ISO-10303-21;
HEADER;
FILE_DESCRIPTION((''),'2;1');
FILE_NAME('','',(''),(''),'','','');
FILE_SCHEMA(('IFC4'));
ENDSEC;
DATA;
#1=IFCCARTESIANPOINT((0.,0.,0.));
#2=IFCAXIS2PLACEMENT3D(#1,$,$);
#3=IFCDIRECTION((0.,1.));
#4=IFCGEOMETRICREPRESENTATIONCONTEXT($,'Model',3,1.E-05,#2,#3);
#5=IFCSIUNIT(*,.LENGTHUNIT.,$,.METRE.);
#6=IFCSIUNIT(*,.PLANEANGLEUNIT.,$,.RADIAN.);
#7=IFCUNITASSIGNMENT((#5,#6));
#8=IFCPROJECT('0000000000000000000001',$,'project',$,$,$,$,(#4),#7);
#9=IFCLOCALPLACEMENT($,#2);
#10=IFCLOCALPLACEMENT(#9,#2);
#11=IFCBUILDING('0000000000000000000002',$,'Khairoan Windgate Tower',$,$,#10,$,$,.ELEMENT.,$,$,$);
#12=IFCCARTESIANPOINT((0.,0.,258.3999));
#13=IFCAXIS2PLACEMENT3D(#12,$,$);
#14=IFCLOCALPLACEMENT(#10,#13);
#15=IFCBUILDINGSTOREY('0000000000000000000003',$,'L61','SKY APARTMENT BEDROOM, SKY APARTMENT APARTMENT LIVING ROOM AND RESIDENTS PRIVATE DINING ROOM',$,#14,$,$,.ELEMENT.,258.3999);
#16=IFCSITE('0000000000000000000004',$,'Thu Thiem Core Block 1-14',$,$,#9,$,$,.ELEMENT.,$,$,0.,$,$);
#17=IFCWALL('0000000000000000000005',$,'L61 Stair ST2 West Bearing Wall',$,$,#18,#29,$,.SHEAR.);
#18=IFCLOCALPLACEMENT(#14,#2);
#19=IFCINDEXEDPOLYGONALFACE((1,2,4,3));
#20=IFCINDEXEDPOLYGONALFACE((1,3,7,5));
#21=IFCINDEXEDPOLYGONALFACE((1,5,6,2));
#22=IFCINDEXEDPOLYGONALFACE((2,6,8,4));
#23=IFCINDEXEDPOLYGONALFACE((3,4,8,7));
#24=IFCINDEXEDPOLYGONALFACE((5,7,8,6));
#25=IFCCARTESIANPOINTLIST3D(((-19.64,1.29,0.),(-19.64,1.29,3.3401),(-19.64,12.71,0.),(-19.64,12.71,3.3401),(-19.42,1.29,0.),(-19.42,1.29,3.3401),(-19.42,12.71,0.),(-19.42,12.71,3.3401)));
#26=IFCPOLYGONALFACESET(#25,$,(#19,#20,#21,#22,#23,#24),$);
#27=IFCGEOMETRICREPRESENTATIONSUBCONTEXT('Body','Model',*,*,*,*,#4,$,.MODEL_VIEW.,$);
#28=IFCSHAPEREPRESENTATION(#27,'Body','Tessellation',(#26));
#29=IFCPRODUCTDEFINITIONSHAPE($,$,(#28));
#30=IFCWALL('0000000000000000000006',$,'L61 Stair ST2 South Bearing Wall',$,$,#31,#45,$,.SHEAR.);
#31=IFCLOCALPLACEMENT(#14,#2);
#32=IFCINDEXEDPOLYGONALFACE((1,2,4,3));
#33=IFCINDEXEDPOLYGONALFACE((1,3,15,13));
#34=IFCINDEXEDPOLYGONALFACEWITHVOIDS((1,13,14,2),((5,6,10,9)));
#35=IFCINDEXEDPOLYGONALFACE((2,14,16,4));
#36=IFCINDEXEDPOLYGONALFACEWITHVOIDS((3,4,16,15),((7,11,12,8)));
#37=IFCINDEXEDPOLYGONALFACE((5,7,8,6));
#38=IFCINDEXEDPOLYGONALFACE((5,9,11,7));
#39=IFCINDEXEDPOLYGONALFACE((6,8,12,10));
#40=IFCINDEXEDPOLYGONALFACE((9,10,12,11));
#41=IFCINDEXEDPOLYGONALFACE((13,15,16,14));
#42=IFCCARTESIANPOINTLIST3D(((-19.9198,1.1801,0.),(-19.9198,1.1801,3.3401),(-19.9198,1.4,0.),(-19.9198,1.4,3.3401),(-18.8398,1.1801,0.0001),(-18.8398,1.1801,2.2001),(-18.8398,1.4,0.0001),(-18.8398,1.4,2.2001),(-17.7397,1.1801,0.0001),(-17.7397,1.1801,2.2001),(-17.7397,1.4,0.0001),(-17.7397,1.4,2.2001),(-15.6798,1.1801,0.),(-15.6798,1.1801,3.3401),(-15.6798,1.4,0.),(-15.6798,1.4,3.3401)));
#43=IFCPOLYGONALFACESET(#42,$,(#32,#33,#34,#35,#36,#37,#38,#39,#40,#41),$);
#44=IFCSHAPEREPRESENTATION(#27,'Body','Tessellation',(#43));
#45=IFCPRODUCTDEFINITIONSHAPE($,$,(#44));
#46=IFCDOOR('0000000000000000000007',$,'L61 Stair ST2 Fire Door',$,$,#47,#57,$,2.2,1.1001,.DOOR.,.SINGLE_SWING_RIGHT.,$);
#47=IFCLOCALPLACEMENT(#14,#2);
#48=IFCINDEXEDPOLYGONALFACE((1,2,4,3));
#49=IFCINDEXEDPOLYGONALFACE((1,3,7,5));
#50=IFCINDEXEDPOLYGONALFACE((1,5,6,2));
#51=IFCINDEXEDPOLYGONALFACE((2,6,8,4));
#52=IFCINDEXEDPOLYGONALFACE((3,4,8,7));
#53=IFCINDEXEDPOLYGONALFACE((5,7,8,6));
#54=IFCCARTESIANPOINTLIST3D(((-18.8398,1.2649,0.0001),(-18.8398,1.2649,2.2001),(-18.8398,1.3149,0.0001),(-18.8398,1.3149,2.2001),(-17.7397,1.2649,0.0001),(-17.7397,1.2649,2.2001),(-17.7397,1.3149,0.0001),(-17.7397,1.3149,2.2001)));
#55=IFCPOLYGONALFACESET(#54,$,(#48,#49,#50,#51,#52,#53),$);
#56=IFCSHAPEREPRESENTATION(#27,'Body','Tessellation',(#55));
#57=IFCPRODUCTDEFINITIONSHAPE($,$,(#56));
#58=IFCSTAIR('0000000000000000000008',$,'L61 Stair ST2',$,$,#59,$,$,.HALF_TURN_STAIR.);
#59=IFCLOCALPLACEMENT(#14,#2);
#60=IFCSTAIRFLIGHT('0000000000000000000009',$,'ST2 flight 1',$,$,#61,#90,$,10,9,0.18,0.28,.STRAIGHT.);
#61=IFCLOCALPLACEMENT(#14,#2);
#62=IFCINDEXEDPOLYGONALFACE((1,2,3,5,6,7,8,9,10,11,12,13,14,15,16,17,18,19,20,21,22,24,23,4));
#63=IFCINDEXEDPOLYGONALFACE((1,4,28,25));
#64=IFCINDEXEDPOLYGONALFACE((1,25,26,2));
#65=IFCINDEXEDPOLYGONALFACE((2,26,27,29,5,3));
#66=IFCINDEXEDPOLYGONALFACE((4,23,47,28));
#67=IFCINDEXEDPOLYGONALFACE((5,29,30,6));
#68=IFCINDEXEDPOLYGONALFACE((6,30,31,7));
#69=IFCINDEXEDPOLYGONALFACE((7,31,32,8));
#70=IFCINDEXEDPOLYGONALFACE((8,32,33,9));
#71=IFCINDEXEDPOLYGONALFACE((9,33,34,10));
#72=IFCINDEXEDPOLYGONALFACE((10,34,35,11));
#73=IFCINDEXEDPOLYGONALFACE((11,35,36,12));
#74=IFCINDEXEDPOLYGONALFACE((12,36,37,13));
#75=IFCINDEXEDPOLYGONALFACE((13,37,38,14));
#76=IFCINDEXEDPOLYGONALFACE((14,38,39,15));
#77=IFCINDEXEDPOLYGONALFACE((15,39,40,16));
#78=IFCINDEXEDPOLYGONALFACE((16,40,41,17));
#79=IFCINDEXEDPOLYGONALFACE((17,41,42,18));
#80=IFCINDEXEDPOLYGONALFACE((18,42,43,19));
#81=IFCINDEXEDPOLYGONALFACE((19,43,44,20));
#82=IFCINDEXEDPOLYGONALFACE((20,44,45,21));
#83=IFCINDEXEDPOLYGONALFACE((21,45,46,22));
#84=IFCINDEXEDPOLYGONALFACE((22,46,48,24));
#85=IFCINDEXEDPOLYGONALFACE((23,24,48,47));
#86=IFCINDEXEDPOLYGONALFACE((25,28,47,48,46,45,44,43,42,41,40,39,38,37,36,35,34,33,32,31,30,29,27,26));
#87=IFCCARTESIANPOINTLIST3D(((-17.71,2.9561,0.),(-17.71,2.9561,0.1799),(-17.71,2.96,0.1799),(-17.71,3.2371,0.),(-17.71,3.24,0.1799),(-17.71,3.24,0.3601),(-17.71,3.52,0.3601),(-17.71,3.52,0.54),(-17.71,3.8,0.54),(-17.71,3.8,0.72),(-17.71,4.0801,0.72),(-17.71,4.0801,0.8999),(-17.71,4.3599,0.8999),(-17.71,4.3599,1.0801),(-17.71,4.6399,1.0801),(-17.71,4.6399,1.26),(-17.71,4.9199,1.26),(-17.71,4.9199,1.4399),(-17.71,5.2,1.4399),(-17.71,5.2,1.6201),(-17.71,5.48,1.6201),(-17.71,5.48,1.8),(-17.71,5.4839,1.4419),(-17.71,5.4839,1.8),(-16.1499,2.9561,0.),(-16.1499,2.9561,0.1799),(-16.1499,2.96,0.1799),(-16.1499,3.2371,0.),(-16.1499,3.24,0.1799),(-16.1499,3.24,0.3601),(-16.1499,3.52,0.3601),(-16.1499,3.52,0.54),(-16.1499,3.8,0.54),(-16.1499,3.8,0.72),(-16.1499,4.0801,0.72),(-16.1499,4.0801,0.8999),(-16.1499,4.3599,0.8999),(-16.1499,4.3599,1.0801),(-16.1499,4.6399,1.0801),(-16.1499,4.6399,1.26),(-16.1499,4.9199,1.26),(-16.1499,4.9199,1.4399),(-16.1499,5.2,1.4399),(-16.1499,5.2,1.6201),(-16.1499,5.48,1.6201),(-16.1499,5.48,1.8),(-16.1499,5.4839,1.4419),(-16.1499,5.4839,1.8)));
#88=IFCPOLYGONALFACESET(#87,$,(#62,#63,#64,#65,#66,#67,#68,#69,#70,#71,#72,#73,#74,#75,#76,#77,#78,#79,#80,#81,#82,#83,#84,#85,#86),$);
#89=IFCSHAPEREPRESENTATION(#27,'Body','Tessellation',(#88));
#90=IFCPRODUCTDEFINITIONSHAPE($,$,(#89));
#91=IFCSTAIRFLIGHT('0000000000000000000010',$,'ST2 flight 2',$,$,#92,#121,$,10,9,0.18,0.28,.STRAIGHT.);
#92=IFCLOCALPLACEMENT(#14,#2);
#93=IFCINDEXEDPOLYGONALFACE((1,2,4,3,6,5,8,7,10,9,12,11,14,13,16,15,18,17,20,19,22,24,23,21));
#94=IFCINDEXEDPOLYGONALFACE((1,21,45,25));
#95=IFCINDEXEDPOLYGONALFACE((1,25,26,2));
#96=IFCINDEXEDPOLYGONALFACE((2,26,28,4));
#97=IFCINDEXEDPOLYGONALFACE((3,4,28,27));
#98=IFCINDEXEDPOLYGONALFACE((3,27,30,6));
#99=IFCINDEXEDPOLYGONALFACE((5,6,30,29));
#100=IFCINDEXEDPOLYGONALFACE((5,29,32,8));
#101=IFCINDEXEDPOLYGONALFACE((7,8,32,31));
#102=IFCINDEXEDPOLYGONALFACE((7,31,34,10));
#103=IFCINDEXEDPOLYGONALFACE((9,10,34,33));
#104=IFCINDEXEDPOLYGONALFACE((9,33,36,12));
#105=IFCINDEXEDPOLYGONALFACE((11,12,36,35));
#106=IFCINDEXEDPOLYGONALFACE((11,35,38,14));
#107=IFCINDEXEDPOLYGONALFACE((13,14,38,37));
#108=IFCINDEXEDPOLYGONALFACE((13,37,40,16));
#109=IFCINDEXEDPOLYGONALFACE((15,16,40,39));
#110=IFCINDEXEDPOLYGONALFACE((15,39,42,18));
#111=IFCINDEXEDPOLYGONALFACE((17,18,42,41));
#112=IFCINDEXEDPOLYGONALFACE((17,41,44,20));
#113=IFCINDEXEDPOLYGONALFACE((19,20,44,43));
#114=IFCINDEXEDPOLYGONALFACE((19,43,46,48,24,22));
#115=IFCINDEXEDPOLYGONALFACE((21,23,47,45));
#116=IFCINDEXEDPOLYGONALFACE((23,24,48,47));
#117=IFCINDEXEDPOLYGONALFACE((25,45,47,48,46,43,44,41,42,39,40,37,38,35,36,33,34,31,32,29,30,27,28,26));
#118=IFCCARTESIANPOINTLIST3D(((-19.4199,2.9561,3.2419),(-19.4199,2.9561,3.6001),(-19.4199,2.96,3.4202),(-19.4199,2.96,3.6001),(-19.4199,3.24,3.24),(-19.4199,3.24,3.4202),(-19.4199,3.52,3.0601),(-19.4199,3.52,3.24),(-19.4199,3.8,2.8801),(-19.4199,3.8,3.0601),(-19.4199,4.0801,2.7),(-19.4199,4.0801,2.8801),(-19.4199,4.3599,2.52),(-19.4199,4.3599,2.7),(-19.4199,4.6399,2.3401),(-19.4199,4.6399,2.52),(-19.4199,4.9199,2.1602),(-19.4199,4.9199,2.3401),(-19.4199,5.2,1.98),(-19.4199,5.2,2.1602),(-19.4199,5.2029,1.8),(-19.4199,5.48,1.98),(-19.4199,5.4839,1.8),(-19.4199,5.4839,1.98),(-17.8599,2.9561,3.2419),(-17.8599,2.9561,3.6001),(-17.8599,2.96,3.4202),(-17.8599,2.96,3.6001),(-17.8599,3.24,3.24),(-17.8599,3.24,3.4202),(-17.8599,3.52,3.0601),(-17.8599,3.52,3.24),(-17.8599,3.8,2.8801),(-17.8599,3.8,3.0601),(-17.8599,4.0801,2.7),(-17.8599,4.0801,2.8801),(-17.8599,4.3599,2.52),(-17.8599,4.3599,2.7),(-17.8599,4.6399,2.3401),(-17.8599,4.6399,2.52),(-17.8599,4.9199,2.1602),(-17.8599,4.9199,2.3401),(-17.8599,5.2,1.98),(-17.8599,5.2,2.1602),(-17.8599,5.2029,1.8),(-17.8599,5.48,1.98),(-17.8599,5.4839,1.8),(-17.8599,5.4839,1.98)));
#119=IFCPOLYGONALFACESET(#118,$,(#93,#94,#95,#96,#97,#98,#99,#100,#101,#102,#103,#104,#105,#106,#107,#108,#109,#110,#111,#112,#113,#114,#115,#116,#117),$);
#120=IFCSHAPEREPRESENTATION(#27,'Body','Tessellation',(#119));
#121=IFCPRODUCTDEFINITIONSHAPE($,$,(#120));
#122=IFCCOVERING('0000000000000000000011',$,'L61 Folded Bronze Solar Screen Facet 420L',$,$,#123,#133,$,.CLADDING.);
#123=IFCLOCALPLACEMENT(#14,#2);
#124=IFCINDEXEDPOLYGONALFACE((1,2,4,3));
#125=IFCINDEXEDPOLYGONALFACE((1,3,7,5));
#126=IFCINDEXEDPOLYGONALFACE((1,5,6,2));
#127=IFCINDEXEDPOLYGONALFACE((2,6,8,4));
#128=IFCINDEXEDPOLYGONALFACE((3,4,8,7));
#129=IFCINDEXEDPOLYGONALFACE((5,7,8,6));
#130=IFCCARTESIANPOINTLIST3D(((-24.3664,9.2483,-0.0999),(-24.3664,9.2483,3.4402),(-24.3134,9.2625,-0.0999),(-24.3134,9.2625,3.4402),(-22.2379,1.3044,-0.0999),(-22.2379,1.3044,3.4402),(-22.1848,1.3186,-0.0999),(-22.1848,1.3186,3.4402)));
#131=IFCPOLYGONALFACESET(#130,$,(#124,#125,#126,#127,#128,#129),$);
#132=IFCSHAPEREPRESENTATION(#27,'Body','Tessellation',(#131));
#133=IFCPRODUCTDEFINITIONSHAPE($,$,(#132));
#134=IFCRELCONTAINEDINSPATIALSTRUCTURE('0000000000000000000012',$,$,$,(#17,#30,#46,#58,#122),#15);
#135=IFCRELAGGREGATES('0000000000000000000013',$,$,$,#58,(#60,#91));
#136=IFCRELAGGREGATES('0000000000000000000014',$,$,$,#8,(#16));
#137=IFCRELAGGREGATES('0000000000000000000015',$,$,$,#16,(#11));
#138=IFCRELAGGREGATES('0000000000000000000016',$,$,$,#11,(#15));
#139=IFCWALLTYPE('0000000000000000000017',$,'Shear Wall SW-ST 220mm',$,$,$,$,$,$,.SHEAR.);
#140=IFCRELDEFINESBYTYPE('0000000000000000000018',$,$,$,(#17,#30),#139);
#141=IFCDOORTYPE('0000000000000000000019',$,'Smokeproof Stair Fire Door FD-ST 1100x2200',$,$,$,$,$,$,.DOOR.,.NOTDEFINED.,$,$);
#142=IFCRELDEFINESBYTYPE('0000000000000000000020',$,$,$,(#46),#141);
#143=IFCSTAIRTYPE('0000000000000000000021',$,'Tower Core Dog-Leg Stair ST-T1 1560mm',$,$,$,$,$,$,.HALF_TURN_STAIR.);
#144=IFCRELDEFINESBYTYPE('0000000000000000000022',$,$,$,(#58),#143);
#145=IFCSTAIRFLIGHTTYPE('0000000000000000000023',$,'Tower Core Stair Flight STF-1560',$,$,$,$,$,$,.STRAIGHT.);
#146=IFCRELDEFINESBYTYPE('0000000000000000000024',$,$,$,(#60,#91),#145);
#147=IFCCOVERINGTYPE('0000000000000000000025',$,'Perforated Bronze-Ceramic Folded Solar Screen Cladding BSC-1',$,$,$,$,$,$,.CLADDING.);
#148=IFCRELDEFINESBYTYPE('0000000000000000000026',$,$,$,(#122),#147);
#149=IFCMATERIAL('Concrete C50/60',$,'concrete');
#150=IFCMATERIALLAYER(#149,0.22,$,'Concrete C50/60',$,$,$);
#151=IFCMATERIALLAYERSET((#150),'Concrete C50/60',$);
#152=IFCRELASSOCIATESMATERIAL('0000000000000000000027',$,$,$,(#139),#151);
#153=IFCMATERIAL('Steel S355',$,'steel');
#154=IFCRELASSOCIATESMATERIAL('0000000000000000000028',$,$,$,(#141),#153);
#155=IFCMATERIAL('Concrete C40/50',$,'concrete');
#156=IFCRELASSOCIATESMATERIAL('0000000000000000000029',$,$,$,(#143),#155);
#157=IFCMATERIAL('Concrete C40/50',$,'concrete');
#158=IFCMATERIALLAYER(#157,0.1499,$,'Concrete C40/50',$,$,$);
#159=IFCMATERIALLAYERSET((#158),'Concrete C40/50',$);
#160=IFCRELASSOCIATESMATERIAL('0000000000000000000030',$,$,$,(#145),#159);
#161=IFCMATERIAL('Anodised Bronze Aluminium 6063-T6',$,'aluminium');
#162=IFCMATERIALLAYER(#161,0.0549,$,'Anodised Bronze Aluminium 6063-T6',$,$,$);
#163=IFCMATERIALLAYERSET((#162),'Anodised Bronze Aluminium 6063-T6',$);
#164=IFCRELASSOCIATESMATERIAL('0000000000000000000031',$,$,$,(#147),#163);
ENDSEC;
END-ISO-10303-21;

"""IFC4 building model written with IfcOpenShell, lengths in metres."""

from ifc_helpers import new_model, si_unit, direction, frame, frame_2d, origin, origin_2d, place, context, subcontext, project, spatial, polyline, rectangle, outline, extrude, material, layer, layer_set, type_object, element, fill, aggregate, save


model = new_model("IFC4")

# Units and contexts
model_context = context("Model", 3, precision=1e-05, world=origin(), true_north=direction((0.0, 1.0)))
body_context = subcontext(model_context, "Body", "Model", "MODEL_VIEW")
ifc_project = project(units=[si_unit("LENGTHUNIT", "METRE"), si_unit("PLANEANGLEUNIT", "RADIAN")], contexts=[model_context])

# Site, building, storey
site_placement = place(None, origin())
site = spatial("IfcSite", under=ifc_project, at=site_placement, Name="Thu Thiem Core Block 1-14", CompositionType="ELEMENT", RefElevation=0.0)
building_placement = place(site_placement, origin())
building = spatial("IfcBuilding", under=site, at=building_placement, Name="Khairoan Windgate Tower", CompositionType="ELEMENT")
storey_placement = place(building_placement, frame((0.0, 0.0, 258.3999)))
storey = spatial("IfcBuildingStorey", under=building, at=storey_placement, Name="L61", Description="SKY APARTMENT BEDROOM, SKY APARTMENT APARTMENT LIVING ROOM AND RESIDENTS PRIVATE DINING ROOM", CompositionType="ELEMENT", Elevation=258.3999)

# Wall
ifc_material_1 = material(Name="Concrete C50/60", Category="concrete")
ifc_layer_1 = layer(ifc_material_1, 0.22, Name="Concrete C50/60")
ifc_layer_set_1 = layer_set([ifc_layer_1], Name="Concrete C50/60")
wall_type_1 = type_object("IfcWallType", Name="Shear Wall SW-ST 220mm", PredefinedType="SHEAR", material=ifc_layer_set_1)
for number, where, z_axis, x_axis, name in (
    (1, (-19.53, 1.29, 0.0), (0.0, 0.0, 1.0), (0.0, 1.0, 0.0), "L61 Stair ST2 West Bearing Wall"),
):
    element("IfcWall", number, at=place(storey_placement, frame(where, z_axis=z_axis, x_axis=x_axis)), inside=storey, type_object=wall_type_1, Name=name, PredefinedType="SHEAR", context=body_context, shape_type="SweptSolid", body=[
        extrude(rectangle(XDim=11.4199, YDim=0.22, at=frame_2d((5.71, 0.0))), origin(), (0.0, 0.0, 1.0), 3.3401),
    ])

# Wall, opening, door
wall_1_placement = place(storey_placement, frame((-19.9199, 1.29, 0.0), z_axis=(0.0, 0.0, 1.0), x_axis=(1.0, 0.0, 0.0)))
wall_1 = element("IfcWall", 2, at=wall_1_placement, inside=storey, type_object=wall_type_1, Name="L61 Stair ST2 South Bearing Wall", PredefinedType="SHEAR", context=body_context, shape_type="SweptSolid", body=[
    extrude(rectangle(XDim=4.24, YDim=0.22, at=frame_2d((2.1201, 0.0))), origin(), (0.0, 0.0, 1.0), 3.3401),
])
opening_placement = place(wall_1_placement, frame((1.0801, 0.0, 0.0)))
opening = element("IfcOpeningElement", 3, at=opening_placement, cuts=wall_1, PredefinedType="OPENING", context=body_context, shape_type="SweptSolid", body=[
    extrude(rectangle(XDim=1.1001, YDim=2.2, at=frame_2d((0.55, 1.1001))), frame((0.0, 0.1199, 0.0), z_axis=(0.0, -1.0, 0.0), x_axis=(1.0, 0.0, 0.0)), (0.0, 0.0, 1.0), 0.24),
])
ifc_material_2 = material(Name="Steel S355", Category="steel")
door_type = type_object("IfcDoorType", Name="Smokeproof Stair Fire Door FD-ST 1100x2200", OperationType="NOTDEFINED", PredefinedType="DOOR", material=ifc_material_2)
door_placement = place(opening_placement, origin())
door = element("IfcDoor", 4, at=door_placement, inside=storey, type_object=door_type, Name="L61 Stair ST2 Fire Door", OperationType="SINGLE_SWING_RIGHT", OverallHeight=2.2, OverallWidth=1.1001, PredefinedType="DOOR", context=body_context, shape_type="SweptSolid", body=[
    extrude(rectangle(XDim=1.1001, YDim=2.2, at=frame_2d((0.55, 1.1001))), frame((0.0, 0.0249, 0.0), z_axis=(0.0, -1.0, 0.0), x_axis=(1.0, 0.0, 0.0)), (0.0, 0.0, 1.0), 0.05),
])
fill(opening, door)

# Stair, stair flights
ifc_material_3 = material(Name="Concrete C40/50", Category="concrete")
stair_type = type_object("IfcStairType", Name="Tower Core Dog-Leg Stair ST-T1 1560mm", PredefinedType="HALF_TURN_STAIR", material=ifc_material_3)
stair_placement = place(storey_placement, origin())
stair = element("IfcStair", 5, at=stair_placement, inside=storey, type_object=stair_type, Name="L61 Stair ST2", PredefinedType="HALF_TURN_STAIR")
ifc_material_4 = material(Name="Concrete C40/50", Category="concrete")
ifc_layer_2 = layer(ifc_material_4, 0.1499, Name="Concrete C40/50")
ifc_layer_set_2 = layer_set([ifc_layer_2], Name="Concrete C40/50")
stair_flight_type = type_object("IfcStairFlightType", Name="Tower Core Stair Flight STF-1560", PredefinedType="STRAIGHT", material=ifc_layer_set_2)
stair_flight_1_placement = place(storey_placement, frame((-16.9299, 2.96, 0.0), z_axis=(0.0, 0.0, 1.0), x_axis=(0.0, 1.0, 0.0)))
stair_flight_1 = element("IfcStairFlight", 6, at=stair_flight_1_placement, type_object=stair_flight_type, Name="ST2 flight 1", NumberOfRisers=10, NumberOfTreads=9, PredefinedType="STRAIGHT", RiserHeight=0.18, TreadLength=0.28, context=body_context, shape_type="SweptSolid", body=[
    extrude(outline(polyline([(-0.0039, 0.0), (-0.0039, 0.1799), (0.0, 0.1799), (0.28, 0.1799), (0.28, 0.3601), (0.5601, 0.3601), (0.5601, 0.54), (0.8401, 0.54), (0.8401, 0.72), (1.1201, 0.72), (1.1201, 0.8999), (1.3999, 0.8999), (1.3999, 1.0801), (1.6799, 1.0801), (1.6799, 1.26), (1.96, 1.26), (1.96, 1.4399), (2.24, 1.4399), (2.24, 1.6201), (2.52, 1.6201), (2.52, 1.8), (2.5239, 1.8), (2.5239, 1.4419), (0.2771, 0.0), (-0.0039, 0.0)])), frame((0.0, 0.78, 0.0), z_axis=(0.0, -1.0, 0.0), x_axis=(1.0, 0.0, 0.0)), (0.0, 0.0, 1.0), 1.5601),
])
stair_flight_2_placement = place(storey_placement, frame((-18.6399, 5.48, 1.8), z_axis=(0.0, 0.0, 1.0), x_axis=(0.0, -1.0, 0.0)))
stair_flight_2 = element("IfcStairFlight", 7, at=stair_flight_2_placement, type_object=stair_flight_type, Name="ST2 flight 2", NumberOfRisers=10, NumberOfTreads=9, PredefinedType="STRAIGHT", RiserHeight=0.18, TreadLength=0.28, context=body_context, shape_type="SweptSolid", body=[
    extrude(outline(polyline([(-0.0039, 0.0), (-0.0039, 0.1799), (0.0, 0.1799), (0.28, 0.1799), (0.28, 0.3601), (0.5601, 0.3601), (0.5601, 0.54), (0.8401, 0.54), (0.8401, 0.72), (1.1201, 0.72), (1.1201, 0.8999), (1.3999, 0.8999), (1.3999, 1.0801), (1.6799, 1.0801), (1.6799, 1.26), (1.96, 1.26), (1.96, 1.4399), (2.24, 1.4399), (2.24, 1.6201), (2.52, 1.6201), (2.52, 1.8), (2.5239, 1.8), (2.5239, 1.4419), (0.2771, 0.0), (-0.0039, 0.0)])), frame((0.0, 0.78, 0.0), z_axis=(0.0, -1.0, 0.0), x_axis=(1.0, 0.0, 0.0)), (0.0, 0.0, 1.0), 1.5601),
])
aggregate(stair, [stair_flight_1, stair_flight_2])

# Covering
ifc_material_5 = material(Name="Anodised Bronze Aluminium 6063-T6", Category="aluminium")
ifc_layer_3 = layer(ifc_material_5, 0.0549, Name="Anodised Bronze Aluminium 6063-T6")
ifc_layer_set_3 = layer_set([ifc_layer_3], Name="Anodised Bronze Aluminium 6063-T6")
covering_type = type_object("IfcCoveringType", Name="Perforated Bronze-Ceramic Folded Solar Screen Cladding BSC-1", PredefinedType="CLADDING", material=ifc_layer_set_3)
covering_placement = place(storey_placement, frame((-23.2756, 5.2834, -0.0999), z_axis=(0.0, 0.0, 1.0), x_axis=(-0.258819, 0.965926, 0.0)))
element("IfcCovering", 8, at=covering_placement, inside=storey, type_object=covering_type, Name="L61 Folded Bronze Solar Screen Facet 420L", PredefinedType="CLADDING", context=body_context, shape_type="SweptSolid", body=[
    extrude(rectangle(XDim=8.2241, YDim=0.0549, at=origin_2d()), origin(), (0.0, 0.0, 1.0), 3.54),
])

save(model, "model.ifc")
